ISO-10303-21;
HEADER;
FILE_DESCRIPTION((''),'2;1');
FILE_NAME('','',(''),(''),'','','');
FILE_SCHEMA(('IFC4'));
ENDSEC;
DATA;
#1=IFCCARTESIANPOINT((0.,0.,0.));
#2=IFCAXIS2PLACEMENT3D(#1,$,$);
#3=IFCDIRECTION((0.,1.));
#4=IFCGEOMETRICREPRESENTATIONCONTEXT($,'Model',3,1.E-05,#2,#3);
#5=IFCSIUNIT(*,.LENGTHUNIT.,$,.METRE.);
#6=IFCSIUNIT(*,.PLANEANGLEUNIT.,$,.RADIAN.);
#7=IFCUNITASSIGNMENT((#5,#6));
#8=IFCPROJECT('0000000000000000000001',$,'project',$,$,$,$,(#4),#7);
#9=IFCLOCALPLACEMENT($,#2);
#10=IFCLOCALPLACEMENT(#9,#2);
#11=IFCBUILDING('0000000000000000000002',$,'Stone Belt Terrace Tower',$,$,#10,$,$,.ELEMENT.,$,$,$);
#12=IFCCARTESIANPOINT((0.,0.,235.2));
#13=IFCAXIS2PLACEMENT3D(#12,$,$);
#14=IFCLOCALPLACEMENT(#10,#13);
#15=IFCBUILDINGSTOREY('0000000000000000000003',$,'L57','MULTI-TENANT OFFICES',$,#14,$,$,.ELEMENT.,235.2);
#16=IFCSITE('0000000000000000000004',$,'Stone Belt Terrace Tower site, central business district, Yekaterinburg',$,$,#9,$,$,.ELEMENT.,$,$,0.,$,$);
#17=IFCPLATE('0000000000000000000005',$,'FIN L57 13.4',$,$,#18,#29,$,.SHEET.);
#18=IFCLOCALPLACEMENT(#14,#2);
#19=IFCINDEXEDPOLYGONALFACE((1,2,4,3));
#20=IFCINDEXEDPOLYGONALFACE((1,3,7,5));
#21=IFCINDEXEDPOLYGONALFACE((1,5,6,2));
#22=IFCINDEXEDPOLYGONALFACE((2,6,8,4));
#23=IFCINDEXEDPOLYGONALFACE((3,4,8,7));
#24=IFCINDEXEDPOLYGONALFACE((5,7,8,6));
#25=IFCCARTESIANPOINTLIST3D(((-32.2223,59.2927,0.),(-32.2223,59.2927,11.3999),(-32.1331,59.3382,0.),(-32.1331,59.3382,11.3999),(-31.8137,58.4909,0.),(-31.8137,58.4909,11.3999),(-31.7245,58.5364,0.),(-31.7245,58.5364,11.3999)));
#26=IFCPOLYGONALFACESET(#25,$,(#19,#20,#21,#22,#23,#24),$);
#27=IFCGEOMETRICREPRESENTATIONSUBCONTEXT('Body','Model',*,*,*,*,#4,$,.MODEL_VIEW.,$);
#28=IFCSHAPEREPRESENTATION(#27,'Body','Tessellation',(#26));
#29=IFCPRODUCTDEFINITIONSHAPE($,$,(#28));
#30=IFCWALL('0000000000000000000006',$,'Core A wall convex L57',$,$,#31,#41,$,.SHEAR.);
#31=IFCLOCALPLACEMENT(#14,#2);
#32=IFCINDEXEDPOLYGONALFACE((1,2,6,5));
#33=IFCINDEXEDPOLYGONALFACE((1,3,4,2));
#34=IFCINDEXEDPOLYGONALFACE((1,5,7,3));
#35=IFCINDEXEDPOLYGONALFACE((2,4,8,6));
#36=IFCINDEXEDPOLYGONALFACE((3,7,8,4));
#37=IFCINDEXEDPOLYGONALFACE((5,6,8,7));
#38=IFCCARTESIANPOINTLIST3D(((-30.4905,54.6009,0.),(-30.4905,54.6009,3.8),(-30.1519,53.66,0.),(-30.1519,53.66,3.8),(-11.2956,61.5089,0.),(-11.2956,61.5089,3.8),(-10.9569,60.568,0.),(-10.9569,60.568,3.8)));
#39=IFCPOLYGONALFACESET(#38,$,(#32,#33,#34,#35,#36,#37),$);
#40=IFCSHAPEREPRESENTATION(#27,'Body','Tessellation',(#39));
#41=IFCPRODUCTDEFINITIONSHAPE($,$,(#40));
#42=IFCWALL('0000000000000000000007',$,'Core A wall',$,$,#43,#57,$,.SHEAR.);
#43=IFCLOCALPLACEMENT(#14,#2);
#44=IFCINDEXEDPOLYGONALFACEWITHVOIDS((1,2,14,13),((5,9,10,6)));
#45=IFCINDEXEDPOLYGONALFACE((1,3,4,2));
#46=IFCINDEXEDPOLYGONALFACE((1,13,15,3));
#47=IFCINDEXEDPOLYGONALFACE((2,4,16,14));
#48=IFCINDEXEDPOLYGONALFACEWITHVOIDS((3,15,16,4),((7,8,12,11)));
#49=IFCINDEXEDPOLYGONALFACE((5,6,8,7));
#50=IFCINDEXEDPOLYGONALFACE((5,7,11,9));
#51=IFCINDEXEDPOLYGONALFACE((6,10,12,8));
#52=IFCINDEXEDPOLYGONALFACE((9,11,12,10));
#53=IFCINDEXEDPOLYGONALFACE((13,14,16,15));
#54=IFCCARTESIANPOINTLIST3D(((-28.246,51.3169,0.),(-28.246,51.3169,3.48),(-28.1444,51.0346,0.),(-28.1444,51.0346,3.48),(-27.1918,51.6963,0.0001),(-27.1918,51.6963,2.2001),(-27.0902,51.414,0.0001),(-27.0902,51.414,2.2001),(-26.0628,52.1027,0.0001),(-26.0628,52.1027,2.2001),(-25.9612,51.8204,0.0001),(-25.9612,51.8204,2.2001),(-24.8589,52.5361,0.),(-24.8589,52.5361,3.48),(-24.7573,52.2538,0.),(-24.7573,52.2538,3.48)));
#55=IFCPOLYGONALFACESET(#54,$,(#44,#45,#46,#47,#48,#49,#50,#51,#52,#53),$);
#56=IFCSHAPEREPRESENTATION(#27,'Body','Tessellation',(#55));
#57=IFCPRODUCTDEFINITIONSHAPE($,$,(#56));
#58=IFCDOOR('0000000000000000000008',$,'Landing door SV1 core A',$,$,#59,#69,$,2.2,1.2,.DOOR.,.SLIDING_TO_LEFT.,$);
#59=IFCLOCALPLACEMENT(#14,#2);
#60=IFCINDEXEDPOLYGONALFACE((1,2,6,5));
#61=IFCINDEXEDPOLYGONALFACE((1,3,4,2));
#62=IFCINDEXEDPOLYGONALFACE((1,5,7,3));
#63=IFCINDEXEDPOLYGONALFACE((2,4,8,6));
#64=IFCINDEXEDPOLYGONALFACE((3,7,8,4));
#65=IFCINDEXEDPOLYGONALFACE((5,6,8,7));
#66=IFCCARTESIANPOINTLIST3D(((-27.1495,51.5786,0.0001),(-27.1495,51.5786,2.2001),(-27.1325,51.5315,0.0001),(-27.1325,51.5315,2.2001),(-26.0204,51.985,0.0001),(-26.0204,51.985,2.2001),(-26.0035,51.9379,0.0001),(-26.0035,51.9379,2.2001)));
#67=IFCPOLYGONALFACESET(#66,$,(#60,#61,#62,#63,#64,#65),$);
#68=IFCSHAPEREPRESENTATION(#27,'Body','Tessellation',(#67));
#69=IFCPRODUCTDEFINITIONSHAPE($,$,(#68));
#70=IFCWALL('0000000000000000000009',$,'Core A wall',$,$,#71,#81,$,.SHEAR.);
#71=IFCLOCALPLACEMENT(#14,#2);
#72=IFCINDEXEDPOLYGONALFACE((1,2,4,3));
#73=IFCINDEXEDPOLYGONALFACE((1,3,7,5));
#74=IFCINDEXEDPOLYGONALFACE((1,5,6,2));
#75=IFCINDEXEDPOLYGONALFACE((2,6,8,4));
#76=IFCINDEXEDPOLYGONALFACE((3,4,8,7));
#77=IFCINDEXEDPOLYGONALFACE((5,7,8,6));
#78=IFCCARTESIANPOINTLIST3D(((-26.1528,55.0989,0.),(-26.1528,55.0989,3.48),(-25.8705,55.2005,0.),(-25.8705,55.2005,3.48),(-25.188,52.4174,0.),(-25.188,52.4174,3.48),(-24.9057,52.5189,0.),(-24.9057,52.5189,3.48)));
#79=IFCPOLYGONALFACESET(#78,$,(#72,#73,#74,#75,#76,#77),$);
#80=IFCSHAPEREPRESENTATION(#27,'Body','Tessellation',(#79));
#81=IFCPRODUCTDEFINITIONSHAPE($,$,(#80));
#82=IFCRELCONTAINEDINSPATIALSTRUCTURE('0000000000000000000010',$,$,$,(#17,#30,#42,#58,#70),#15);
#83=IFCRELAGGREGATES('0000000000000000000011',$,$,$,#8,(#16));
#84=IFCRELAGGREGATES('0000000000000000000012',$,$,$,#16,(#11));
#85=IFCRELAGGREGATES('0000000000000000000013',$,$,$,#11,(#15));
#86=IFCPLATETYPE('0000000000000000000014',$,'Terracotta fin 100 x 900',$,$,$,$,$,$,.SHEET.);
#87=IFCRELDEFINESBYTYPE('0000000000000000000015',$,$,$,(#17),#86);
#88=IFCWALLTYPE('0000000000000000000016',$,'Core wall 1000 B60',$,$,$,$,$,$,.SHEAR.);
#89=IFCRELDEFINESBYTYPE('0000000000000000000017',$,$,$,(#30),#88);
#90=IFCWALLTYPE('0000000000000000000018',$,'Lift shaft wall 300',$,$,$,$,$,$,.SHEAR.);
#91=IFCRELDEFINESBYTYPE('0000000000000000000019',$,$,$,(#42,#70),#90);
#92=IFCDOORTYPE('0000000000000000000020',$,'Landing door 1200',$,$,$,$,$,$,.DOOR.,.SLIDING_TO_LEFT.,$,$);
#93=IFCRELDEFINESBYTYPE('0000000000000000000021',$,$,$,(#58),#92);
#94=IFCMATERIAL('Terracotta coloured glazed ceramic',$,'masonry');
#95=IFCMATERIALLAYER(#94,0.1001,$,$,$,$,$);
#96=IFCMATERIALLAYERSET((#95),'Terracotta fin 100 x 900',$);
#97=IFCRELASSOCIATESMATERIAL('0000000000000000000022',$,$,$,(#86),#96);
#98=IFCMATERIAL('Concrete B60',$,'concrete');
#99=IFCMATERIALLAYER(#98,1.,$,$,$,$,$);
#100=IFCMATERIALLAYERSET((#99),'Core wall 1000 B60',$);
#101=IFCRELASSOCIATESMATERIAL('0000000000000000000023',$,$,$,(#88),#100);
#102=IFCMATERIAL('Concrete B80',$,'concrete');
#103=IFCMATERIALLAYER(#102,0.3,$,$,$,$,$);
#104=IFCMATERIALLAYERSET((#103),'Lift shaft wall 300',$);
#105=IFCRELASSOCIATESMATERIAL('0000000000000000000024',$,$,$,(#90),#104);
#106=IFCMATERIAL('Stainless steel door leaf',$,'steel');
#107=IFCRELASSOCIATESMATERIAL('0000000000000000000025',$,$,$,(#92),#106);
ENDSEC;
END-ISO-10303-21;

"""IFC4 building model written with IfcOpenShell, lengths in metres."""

from ifc_helpers import new_model, si_unit, direction, frame, frame_2d, origin, origin_2d, place, context, subcontext, project, spatial, rectangle, extrude, material, layer, layer_set, type_object, element, fill, save


model = new_model("IFC4")

# Units and contexts
model_context = context("Model", 3, precision=1e-05, world=origin(), true_north=direction((0.0, 1.0)))
body_context = subcontext(model_context, "Body", "Model", "MODEL_VIEW")
ifc_project = project(units=[si_unit("LENGTHUNIT", "METRE"), si_unit("PLANEANGLEUNIT", "RADIAN")], contexts=[model_context])

# Site, building, storey
site_placement = place(None, origin())
site = spatial("IfcSite", under=ifc_project, at=site_placement, Name="Stone Belt Terrace Tower site, central business district, Yekaterinburg", CompositionType="ELEMENT", RefElevation=0.0)
building_placement = place(site_placement, origin())
building = spatial("IfcBuilding", under=site, at=building_placement, Name="Stone Belt Terrace Tower", CompositionType="ELEMENT")
storey_placement = place(building_placement, frame((0.0, 0.0, 235.2)))
storey = spatial("IfcBuildingStorey", under=building, at=storey_placement, Name="L57", Description="MULTI-TENANT OFFICES", CompositionType="ELEMENT", Elevation=235.2)

# Shared definitions
ifc_material_1 = material(Name="Concrete B60", Category="concrete")

# Plate
ifc_material_2 = material(Name="Terracotta coloured glazed ceramic", Category="masonry")
ifc_layer_1 = layer(ifc_material_2, 0.1001)
ifc_layer_set_1 = layer_set([ifc_layer_1], Name="Terracotta fin 100 x 900")
plate_type_1 = type_object("IfcPlateType", Name="Terracotta fin 100 x 900", PredefinedType="SHEET", material=ifc_layer_set_1)
for number, where, z_axis, x_axis, name in (
    (1, (-31.9734, 58.9146, 0.0), (0.0, 0.0, 1.0), (-0.45399, 0.891007, 0.0), "FIN L57 13.4"),
):
    element("IfcPlate", number, at=place(storey_placement, frame(where, z_axis=z_axis, x_axis=x_axis)), inside=storey, type_object=plate_type_1, Name=name, PredefinedType="SHEET", context=body_context, shape_type="SweptSolid", body=[
        extrude(rectangle(XDim=0.8999, YDim=0.1001, at=origin_2d()), origin(), (0.0, 0.0, 1.0), 11.3999),
    ])

# Wall
ifc_layer_2 = layer(ifc_material_1, 1.0)
ifc_layer_set_2 = layer_set([ifc_layer_2], Name="Core wall 1000 B60")
wall_type_1 = type_object("IfcWallType", Name="Core wall 1000 B60", PredefinedType="SHEAR", material=ifc_layer_set_2)
wall_1_placement = place(storey_placement, frame((-30.3213, 54.1304, 0.0), z_axis=(0.0, 0.0, 1.0), x_axis=(0.940921, 0.338625, 0.0)))
element("IfcWall", 2, at=wall_1_placement, inside=storey, type_object=wall_type_1, Name="Core A wall convex L57", PredefinedType="SHEAR", context=body_context, shape_type="SweptSolid", body=[
    extrude(rectangle(XDim=20.4001, YDim=1.0, at=frame_2d((10.2002, 0.0))), origin(), (0.0, 0.0, 1.0), 3.8),
])

# Wall, opening, door
ifc_material_3 = material(Name="Concrete B80", Category="concrete")
ifc_layer_3 = layer(ifc_material_3, 0.3)
ifc_layer_set_3 = layer_set([ifc_layer_3], Name="Lift shaft wall 300")
wall_type_2 = type_object("IfcWallType", Name="Lift shaft wall 300", PredefinedType="SHEAR", material=ifc_layer_set_3)
wall_2_placement = place(storey_placement, frame((-28.1951, 51.1758, 0.0), z_axis=(0.0, 0.0, 1.0), x_axis=(0.940901, 0.338681, 0.0)))
wall_2 = element("IfcWall", 3, at=wall_2_placement, inside=storey, type_object=wall_type_2, Name="Core A wall", PredefinedType="SHEAR", context=body_context, shape_type="SweptSolid", body=[
    extrude(rectangle(XDim=3.5999, YDim=0.3, at=frame_2d((1.7998, 0.0))), origin(), (0.0, 0.0, 1.0), 3.48),
])
opening_1_placement = place(wall_2_placement, frame((1.1201, 0.0, 0.0)))
opening_1 = element("IfcOpeningElement", 4, at=opening_1_placement, cuts=wall_2, PredefinedType="OPENING", context=body_context, shape_type="SweptSolid", body=[
    extrude(rectangle(XDim=1.2, YDim=2.2, at=frame_2d((0.6001, 1.1001))), frame((0.0, 0.1599, 0.0), z_axis=(0.0, -1.0, 0.0), x_axis=(1.0, 0.0, 0.0)), (0.0, 0.0, 1.0), 0.3201),
])
ifc_material_4 = material(Name="Stainless steel door leaf", Category="steel")
door_type_1 = type_object("IfcDoorType", Name="Landing door 1200", OperationType="SLIDING_TO_LEFT", PredefinedType="DOOR", material=ifc_material_4)
door_1_placement = place(opening_1_placement, origin())
door_1 = element("IfcDoor", 5, at=door_1_placement, inside=storey, type_object=door_type_1, Name="Landing door SV1 core A", OperationType="SLIDING_TO_LEFT", OverallHeight=2.2, OverallWidth=1.2, PredefinedType="DOOR", context=body_context, shape_type="SweptSolid", body=[
    extrude(rectangle(XDim=1.2, YDim=2.2, at=frame_2d((0.6001, 1.1001))), frame((0.0, 0.0249, 0.0), z_axis=(0.0, -1.0, 0.0), x_axis=(1.0, 0.0, 0.0)), (0.0, 0.0, 1.0), 0.05),
])
fill(opening_1, door_1)

# Wall
wall_3_placement = place(storey_placement, frame((-25.0469, 52.4683, 0.0), z_axis=(0.0, 0.0, 1.0), x_axis=(-0.33855, 0.940949, 0.0)))
element("IfcWall", 6, at=wall_3_placement, inside=storey, type_object=wall_type_2, Name="Core A wall", PredefinedType="SHEAR", context=body_context, shape_type="SweptSolid", body=[
    extrude(rectangle(XDim=2.8499, YDim=0.3, at=frame_2d((1.4248, 0.0))), origin(), (0.0, 0.0, 1.0), 3.48),
])

save(model, "model.ifc")
